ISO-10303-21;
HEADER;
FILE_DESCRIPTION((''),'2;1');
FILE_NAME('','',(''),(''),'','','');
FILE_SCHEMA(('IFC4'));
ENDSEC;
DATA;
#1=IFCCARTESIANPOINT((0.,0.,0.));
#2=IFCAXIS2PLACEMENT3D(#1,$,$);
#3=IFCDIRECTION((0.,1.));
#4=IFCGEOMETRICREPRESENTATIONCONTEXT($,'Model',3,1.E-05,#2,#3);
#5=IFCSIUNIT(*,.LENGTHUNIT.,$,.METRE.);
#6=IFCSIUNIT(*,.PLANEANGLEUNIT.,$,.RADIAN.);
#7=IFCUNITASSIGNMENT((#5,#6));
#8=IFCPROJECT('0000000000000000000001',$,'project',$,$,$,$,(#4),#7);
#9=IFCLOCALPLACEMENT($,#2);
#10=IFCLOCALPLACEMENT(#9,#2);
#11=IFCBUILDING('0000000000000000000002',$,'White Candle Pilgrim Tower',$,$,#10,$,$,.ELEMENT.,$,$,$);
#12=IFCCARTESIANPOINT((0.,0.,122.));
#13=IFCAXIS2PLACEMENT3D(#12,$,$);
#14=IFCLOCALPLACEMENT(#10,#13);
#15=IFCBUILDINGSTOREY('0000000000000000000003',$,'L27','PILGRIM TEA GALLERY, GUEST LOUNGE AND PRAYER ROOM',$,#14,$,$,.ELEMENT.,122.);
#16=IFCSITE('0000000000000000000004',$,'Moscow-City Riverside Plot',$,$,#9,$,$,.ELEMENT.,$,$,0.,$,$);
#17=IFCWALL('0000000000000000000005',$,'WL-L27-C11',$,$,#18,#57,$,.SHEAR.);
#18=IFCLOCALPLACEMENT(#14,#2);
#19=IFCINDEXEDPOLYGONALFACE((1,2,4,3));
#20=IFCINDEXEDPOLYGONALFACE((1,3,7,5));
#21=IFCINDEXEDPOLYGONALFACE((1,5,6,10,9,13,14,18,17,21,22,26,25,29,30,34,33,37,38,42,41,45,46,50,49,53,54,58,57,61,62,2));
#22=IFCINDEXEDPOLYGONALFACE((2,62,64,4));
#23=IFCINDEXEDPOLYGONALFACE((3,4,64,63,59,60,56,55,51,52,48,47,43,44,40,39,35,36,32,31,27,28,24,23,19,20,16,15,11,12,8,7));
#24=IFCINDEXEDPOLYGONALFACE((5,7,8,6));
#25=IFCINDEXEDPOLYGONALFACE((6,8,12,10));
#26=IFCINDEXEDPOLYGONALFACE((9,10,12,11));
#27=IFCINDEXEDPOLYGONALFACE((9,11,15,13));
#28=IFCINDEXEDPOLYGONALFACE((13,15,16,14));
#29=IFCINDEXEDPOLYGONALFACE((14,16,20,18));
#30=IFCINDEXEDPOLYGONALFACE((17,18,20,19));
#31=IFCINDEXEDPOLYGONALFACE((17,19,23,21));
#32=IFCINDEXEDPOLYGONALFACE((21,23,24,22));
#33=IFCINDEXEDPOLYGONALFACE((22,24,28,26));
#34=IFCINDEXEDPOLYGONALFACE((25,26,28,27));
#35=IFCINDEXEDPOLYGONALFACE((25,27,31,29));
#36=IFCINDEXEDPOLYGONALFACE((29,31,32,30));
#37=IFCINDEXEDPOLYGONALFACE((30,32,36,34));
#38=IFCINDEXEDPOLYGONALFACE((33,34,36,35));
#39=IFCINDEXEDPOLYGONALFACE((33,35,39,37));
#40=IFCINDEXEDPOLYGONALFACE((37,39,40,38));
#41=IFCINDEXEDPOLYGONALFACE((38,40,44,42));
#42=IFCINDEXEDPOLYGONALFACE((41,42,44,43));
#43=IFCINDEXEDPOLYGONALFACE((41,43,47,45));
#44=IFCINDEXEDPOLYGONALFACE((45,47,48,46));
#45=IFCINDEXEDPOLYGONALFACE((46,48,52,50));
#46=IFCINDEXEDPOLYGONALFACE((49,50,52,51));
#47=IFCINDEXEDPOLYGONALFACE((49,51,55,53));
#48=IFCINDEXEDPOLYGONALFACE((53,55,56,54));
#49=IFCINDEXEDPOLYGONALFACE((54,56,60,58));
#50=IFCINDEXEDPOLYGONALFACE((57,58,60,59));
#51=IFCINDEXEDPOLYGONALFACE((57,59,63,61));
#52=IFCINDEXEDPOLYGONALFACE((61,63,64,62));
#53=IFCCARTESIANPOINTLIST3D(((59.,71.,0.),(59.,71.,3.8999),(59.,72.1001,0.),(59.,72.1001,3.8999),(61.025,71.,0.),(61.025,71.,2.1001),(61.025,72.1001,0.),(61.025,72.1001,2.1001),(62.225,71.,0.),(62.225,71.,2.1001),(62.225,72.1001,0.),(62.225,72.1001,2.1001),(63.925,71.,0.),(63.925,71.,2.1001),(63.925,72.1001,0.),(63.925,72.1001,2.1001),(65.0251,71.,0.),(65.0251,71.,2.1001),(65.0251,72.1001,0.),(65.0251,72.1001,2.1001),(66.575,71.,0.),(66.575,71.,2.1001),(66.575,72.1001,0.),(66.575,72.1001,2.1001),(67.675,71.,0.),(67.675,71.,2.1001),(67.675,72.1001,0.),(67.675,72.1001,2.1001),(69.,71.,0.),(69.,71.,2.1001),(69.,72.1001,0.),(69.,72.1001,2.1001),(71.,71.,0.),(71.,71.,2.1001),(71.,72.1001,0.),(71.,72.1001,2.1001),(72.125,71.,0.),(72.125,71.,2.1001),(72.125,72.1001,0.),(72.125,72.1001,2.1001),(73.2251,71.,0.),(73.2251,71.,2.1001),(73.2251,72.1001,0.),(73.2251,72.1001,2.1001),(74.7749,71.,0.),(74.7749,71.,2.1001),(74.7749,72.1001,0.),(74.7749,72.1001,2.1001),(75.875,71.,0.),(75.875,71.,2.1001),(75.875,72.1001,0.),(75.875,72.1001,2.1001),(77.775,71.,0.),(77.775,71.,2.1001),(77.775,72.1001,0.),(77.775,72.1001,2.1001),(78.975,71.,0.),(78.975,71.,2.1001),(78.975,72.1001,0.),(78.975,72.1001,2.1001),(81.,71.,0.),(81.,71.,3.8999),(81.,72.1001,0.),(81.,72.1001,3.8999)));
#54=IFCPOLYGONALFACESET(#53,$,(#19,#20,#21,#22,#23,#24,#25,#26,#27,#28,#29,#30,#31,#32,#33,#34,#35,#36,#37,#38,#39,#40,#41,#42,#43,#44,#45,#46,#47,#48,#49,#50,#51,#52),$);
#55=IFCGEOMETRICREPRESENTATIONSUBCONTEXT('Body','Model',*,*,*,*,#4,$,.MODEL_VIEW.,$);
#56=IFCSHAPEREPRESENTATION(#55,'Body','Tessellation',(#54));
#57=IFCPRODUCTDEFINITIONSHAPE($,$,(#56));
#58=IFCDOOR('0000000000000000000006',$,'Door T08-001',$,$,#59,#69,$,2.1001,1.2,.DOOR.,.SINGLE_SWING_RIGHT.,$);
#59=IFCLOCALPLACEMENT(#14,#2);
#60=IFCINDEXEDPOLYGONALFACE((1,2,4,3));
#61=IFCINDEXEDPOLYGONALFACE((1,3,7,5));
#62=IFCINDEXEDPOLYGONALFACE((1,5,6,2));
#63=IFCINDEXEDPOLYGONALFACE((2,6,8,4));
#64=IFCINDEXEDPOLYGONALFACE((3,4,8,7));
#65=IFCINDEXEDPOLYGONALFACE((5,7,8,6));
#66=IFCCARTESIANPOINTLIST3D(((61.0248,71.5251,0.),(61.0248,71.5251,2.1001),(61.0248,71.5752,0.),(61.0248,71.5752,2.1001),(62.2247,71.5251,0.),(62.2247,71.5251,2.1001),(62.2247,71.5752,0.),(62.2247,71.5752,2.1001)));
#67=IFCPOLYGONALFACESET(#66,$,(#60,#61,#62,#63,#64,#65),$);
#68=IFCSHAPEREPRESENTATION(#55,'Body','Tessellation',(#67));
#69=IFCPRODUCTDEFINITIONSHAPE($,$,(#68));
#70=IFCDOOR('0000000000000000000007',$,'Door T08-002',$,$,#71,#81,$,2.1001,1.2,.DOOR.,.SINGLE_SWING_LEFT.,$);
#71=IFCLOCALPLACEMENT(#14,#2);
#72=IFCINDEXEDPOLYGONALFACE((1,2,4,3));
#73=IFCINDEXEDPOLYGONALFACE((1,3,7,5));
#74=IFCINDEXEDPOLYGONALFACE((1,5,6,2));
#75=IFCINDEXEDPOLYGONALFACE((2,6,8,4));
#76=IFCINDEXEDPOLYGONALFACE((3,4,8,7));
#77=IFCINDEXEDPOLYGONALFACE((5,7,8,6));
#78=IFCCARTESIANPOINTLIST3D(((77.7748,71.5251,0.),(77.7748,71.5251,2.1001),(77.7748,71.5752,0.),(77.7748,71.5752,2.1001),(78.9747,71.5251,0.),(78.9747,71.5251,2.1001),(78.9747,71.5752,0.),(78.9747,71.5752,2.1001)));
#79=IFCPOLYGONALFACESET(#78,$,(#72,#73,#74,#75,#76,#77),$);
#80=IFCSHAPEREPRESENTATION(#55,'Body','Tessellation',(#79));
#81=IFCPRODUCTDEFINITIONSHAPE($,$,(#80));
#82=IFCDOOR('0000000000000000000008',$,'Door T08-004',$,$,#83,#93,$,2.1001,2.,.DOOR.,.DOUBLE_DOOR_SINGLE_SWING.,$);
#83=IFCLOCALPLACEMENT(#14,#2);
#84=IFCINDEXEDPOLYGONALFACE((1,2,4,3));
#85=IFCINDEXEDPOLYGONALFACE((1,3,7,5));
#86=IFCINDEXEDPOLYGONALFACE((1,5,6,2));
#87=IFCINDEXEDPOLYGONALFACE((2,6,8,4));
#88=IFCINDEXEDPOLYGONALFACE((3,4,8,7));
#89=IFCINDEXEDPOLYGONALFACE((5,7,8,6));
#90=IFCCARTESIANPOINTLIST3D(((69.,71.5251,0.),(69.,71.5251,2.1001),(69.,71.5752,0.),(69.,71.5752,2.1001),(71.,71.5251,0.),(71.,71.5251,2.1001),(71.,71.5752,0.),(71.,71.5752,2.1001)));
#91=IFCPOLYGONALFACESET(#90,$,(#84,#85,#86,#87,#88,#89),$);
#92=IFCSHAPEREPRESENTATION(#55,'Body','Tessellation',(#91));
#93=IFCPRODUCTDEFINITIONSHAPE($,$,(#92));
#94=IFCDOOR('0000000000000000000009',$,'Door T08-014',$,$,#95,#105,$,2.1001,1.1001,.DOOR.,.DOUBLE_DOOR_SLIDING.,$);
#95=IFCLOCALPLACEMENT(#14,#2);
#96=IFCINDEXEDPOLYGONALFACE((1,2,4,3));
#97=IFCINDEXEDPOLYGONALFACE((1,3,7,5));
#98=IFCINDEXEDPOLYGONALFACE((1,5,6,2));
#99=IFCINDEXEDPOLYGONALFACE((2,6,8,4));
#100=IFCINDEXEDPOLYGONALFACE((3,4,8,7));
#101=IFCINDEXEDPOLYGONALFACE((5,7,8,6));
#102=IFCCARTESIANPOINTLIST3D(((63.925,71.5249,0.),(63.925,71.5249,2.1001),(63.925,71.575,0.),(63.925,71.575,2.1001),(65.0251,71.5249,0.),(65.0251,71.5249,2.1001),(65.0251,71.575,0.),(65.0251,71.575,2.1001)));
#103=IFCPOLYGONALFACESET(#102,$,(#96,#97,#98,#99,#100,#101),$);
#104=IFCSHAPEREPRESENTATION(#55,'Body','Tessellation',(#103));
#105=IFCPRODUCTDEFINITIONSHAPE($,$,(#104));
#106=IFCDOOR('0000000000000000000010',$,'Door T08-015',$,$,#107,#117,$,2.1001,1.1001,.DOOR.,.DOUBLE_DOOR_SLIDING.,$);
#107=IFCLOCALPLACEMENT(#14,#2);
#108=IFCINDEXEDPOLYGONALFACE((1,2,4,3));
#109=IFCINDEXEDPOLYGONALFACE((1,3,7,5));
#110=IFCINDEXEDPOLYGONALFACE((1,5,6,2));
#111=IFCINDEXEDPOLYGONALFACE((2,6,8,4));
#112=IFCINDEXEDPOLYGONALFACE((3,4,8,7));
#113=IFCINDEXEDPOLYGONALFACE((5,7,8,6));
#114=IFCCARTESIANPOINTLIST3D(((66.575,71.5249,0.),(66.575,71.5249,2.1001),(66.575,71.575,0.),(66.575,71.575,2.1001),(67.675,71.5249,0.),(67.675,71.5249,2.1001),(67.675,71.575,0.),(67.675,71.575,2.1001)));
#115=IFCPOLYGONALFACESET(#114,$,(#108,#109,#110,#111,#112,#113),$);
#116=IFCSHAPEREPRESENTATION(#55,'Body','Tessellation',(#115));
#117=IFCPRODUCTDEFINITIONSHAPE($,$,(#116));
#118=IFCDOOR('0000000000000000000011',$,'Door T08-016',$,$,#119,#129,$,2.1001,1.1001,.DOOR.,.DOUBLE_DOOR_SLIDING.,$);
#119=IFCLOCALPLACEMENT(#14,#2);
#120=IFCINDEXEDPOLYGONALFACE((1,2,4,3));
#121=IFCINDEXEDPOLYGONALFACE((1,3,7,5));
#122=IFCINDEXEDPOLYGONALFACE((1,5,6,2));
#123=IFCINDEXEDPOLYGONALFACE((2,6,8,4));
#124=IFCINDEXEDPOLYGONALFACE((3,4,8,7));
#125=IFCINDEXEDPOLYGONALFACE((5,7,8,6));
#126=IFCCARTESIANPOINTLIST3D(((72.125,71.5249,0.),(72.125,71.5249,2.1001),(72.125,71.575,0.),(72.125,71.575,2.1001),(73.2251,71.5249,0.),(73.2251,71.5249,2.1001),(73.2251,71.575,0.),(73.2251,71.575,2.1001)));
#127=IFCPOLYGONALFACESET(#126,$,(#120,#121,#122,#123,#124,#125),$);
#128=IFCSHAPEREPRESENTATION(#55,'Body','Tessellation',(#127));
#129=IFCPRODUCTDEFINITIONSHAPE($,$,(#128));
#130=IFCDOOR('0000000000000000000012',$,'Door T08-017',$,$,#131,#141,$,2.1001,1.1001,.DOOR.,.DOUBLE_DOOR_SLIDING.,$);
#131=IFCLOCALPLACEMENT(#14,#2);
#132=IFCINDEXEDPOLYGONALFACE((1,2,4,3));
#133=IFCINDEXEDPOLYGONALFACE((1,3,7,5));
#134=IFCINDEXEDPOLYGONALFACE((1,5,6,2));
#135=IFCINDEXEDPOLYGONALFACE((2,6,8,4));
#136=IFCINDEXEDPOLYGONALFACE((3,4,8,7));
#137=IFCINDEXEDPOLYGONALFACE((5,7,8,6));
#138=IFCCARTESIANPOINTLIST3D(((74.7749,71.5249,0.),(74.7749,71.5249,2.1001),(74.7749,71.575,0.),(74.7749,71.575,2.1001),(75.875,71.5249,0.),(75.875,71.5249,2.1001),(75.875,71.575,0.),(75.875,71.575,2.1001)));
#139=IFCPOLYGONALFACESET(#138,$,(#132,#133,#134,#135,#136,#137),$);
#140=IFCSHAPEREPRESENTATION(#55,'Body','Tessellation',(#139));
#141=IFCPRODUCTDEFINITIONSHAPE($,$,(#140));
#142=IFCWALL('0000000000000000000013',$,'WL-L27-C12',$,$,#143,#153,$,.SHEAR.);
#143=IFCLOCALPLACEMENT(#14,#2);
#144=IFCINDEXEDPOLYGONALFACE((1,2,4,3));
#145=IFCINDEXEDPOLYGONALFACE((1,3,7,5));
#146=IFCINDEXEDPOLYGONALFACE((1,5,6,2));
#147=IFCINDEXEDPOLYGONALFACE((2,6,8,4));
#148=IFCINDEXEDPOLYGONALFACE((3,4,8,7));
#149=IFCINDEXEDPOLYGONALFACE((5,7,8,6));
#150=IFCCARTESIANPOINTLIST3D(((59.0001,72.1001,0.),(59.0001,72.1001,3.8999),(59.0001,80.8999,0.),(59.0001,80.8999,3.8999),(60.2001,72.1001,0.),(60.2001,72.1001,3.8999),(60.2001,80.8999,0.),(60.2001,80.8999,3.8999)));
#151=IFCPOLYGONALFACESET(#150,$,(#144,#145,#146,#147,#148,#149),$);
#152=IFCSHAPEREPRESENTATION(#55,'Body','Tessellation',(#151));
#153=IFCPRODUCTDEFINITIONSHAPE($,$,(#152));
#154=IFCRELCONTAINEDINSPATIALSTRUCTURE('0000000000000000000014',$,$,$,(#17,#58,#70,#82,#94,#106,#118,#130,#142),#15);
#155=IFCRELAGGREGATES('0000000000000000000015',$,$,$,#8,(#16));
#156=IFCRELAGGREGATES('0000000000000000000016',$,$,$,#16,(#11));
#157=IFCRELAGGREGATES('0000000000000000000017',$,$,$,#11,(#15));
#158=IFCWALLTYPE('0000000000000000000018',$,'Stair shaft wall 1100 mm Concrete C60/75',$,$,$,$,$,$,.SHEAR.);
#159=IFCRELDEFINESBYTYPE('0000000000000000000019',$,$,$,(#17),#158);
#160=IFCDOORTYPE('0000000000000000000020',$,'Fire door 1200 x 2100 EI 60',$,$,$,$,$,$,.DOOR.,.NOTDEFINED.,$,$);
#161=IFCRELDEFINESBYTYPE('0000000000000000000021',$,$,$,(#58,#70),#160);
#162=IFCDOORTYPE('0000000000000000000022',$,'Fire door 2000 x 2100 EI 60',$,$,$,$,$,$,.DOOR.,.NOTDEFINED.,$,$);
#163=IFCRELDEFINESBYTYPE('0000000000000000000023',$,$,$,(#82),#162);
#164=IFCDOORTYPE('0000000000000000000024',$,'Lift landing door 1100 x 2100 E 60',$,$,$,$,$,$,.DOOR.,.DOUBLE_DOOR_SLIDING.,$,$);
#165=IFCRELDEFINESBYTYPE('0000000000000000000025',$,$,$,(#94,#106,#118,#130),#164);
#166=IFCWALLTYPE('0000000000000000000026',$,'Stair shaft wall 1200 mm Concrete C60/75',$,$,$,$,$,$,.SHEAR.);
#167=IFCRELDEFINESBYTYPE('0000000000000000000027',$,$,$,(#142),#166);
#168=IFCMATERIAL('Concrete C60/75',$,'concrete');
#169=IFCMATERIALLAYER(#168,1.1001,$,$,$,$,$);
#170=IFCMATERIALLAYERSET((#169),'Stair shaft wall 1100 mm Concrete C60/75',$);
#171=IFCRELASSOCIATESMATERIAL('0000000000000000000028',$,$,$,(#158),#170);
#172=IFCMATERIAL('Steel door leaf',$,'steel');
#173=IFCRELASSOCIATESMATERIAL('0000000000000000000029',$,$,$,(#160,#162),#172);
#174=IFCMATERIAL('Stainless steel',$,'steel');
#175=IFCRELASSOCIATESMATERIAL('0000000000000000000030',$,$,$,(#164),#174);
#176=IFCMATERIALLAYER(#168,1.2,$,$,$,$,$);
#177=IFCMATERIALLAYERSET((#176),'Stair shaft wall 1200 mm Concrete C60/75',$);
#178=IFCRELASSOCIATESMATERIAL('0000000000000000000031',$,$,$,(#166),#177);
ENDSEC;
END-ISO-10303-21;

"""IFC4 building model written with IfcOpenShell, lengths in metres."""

from ifc_helpers import new_model, si_unit, direction, frame, frame_2d, origin, place, context, subcontext, project, spatial, rectangle, extrude, material, layer, layer_set, type_object, element, fill, save


model = new_model("IFC4")

# Units and contexts
model_context = context("Model", 3, precision=1e-05, world=origin(), true_north=direction((0.0, 1.0)))
body_context = subcontext(model_context, "Body", "Model", "MODEL_VIEW")
ifc_project = project(units=[si_unit("LENGTHUNIT", "METRE"), si_unit("PLANEANGLEUNIT", "RADIAN")], contexts=[model_context])

# Site, building, storey
site_placement = place(None, origin())
site = spatial("IfcSite", under=ifc_project, at=site_placement, Name="Moscow-City Riverside Plot", CompositionType="ELEMENT", RefElevation=0.0)
building_placement = place(site_placement, origin())
building = spatial("IfcBuilding", under=site, at=building_placement, Name="White Candle Pilgrim Tower", CompositionType="ELEMENT")
storey_placement = place(building_placement, frame((0.0, 0.0, 122.0)))
storey = spatial("IfcBuildingStorey", under=building, at=storey_placement, Name="L27", Description="PILGRIM TEA GALLERY, GUEST LOUNGE AND PRAYER ROOM", CompositionType="ELEMENT", Elevation=122.0)

# Shared definitions
ifc_material_1 = material(Name="Steel door leaf", Category="steel")

# Shared definitions
ifc_material_2 = material(Name="Concrete C60/75", Category="concrete")

# Wall, openings, doors
ifc_layer_1 = layer(ifc_material_2, 1.1001)
ifc_layer_set_1 = layer_set([ifc_layer_1], Name="Stair shaft wall 1100 mm Concrete C60/75")
wall_type_1 = type_object("IfcWallType", Name="Stair shaft wall 1100 mm Concrete C60/75", PredefinedType="SHEAR", material=ifc_layer_set_1)
wall_1_placement = place(storey_placement, frame((59.0, 71.55, 0.0), z_axis=(0.0, 0.0, 1.0), x_axis=(1.0, 0.0, 0.0)))
wall_1 = element("IfcWall", 1, at=wall_1_placement, inside=storey, type_object=wall_type_1, Name="WL-L27-C11", PredefinedType="SHEAR", context=body_context, shape_type="SweptSolid", body=[
    extrude(rectangle(XDim=22.0, YDim=1.1001, at=frame_2d((11.0, 0.0))), origin(), (0.0, 0.0, 1.0), 3.8999),
])
opening_1_placement = place(wall_1_placement, frame((2.0249, 0.0, 0.0)))
opening_1 = element("IfcOpeningElement", 2, at=opening_1_placement, cuts=wall_1, PredefinedType="OPENING", context=body_context, shape_type="SweptSolid", body=[
    extrude(rectangle(XDim=1.2, YDim=2.1001, at=frame_2d((0.6001, 1.05))), frame((0.0, 0.5601, 0.0), z_axis=(0.0, -1.0, 0.0), x_axis=(1.0, 0.0, 0.0)), (0.0, 0.0, 1.0), 1.1201),
])
opening_2_placement = place(wall_1_placement, frame((18.7749, 0.0, 0.0)))
opening_2 = element("IfcOpeningElement", 3, at=opening_2_placement, cuts=wall_1, PredefinedType="OPENING", context=body_context, shape_type="SweptSolid", body=[
    extrude(rectangle(XDim=1.2, YDim=2.1001, at=frame_2d((0.6001, 1.05))), frame((0.0, 0.5601, 0.0), z_axis=(0.0, -1.0, 0.0), x_axis=(1.0, 0.0, 0.0)), (0.0, 0.0, 1.0), 1.1201),
])
opening_3_placement = place(wall_1_placement, frame((10.0, 0.0, 0.0)))
opening_3 = element("IfcOpeningElement", 4, at=opening_3_placement, cuts=wall_1, PredefinedType="OPENING", context=body_context, shape_type="SweptSolid", body=[
    extrude(rectangle(XDim=2.0, YDim=2.1001, at=frame_2d((1.0, 1.05))), frame((0.0, 0.5601, 0.0), z_axis=(0.0, -1.0, 0.0), x_axis=(1.0, 0.0, 0.0)), (0.0, 0.0, 1.0), 1.1201),
])
opening_4_placement = place(wall_1_placement, frame((4.925, 0.0, 0.0)))
opening_4 = element("IfcOpeningElement", 5, at=opening_4_placement, cuts=wall_1, PredefinedType="OPENING", context=body_context, shape_type="SweptSolid", body=[
    extrude(rectangle(XDim=1.1001, YDim=2.1001, at=frame_2d((0.55, 1.05))), frame((0.0, 0.5601, 0.0), z_axis=(0.0, -1.0, 0.0), x_axis=(1.0, 0.0, 0.0)), (0.0, 0.0, 1.0), 1.1201),
])
opening_5_placement = place(wall_1_placement, frame((7.575, 0.0, 0.0)))
opening_5 = element("IfcOpeningElement", 6, at=opening_5_placement, cuts=wall_1, PredefinedType="OPENING", context=body_context, shape_type="SweptSolid", body=[
    extrude(rectangle(XDim=1.1001, YDim=2.1001, at=frame_2d((0.55, 1.05))), frame((0.0, 0.5601, 0.0), z_axis=(0.0, -1.0, 0.0), x_axis=(1.0, 0.0, 0.0)), (0.0, 0.0, 1.0), 1.1201),
])
opening_6_placement = place(wall_1_placement, frame((13.125, 0.0, 0.0)))
opening_6 = element("IfcOpeningElement", 7, at=opening_6_placement, cuts=wall_1, PredefinedType="OPENING", context=body_context, shape_type="SweptSolid", body=[
    extrude(rectangle(XDim=1.1001, YDim=2.1001, at=frame_2d((0.55, 1.05))), frame((0.0, 0.5601, 0.0), z_axis=(0.0, -1.0, 0.0), x_axis=(1.0, 0.0, 0.0)), (0.0, 0.0, 1.0), 1.1201),
])
opening_7_placement = place(wall_1_placement, frame((15.7749, 0.0, 0.0)))
opening_7 = element("IfcOpeningElement", 8, at=opening_7_placement, cuts=wall_1, PredefinedType="OPENING", context=body_context, shape_type="SweptSolid", body=[
    extrude(rectangle(XDim=1.1001, YDim=2.1001, at=frame_2d((0.55, 1.05))), frame((0.0, 0.5601, 0.0), z_axis=(0.0, -1.0, 0.0), x_axis=(1.0, 0.0, 0.0)), (0.0, 0.0, 1.0), 1.1201),
])
door_type_1 = type_object("IfcDoorType", Name="Fire door 1200 x 2100 EI 60", OperationType="NOTDEFINED", PredefinedType="DOOR", material=ifc_material_1)
door_1_placement = place(opening_1_placement, frame((1.2, 0.0, 0.0), z_axis=(0.0, 0.0, 1.0), x_axis=(-1.0, 0.0, 0.0)))
door_1 = element("IfcDoor", 9, at=door_1_placement, inside=storey, type_object=door_type_1, Name="Door T08-001", OperationType="SINGLE_SWING_RIGHT", OverallHeight=2.1001, OverallWidth=1.2, PredefinedType="DOOR", context=body_context, shape_type="SweptSolid", body=[
    extrude(rectangle(XDim=1.2, YDim=2.1001, at=frame_2d((0.6001, 1.05))), frame((0.0, 0.0249, 0.0), z_axis=(0.0, -1.0, 0.0), x_axis=(1.0, 0.0, 0.0)), (0.0, 0.0, 1.0), 0.05),
])
fill(opening_1, door_1)
door_2_placement = place(opening_2_placement, frame((1.2, 0.0, 0.0), z_axis=(0.0, 0.0, 1.0), x_axis=(-1.0, 0.0, 0.0)))
door_2 = element("IfcDoor", 10, at=door_2_placement, inside=storey, type_object=door_type_1, Name="Door T08-002", OperationType="SINGLE_SWING_LEFT", OverallHeight=2.1001, OverallWidth=1.2, PredefinedType="DOOR", context=body_context, shape_type="SweptSolid", body=[
    extrude(rectangle(XDim=1.2, YDim=2.1001, at=frame_2d((0.6001, 1.05))), frame((0.0, 0.0249, 0.0), z_axis=(0.0, -1.0, 0.0), x_axis=(1.0, 0.0, 0.0)), (0.0, 0.0, 1.0), 0.05),
])
fill(opening_2, door_2)
door_type_2 = type_object("IfcDoorType", Name="Fire door 2000 x 2100 EI 60", OperationType="NOTDEFINED", PredefinedType="DOOR", material=ifc_material_1)
door_3_placement = place(opening_3_placement, frame((2.0, 0.0, 0.0), z_axis=(0.0, 0.0, 1.0), x_axis=(-1.0, 0.0, 0.0)))
door_3 = element("IfcDoor", 11, at=door_3_placement, inside=storey, type_object=door_type_2, Name="Door T08-004", OperationType="DOUBLE_DOOR_SINGLE_SWING", OverallHeight=2.1001, OverallWidth=2.0, PredefinedType="DOOR", context=body_context, shape_type="SweptSolid", body=[
    extrude(rectangle(XDim=2.0, YDim=2.1001, at=frame_2d((1.0, 1.05))), frame((0.0, 0.0249, 0.0), z_axis=(0.0, -1.0, 0.0), x_axis=(1.0, 0.0, 0.0)), (0.0, 0.0, 1.0), 0.05),
])
fill(opening_3, door_3)
ifc_material_3 = material(Name="Stainless steel", Category="steel")
door_type_3 = type_object("IfcDoorType", Name="Lift landing door 1100 x 2100 E 60", OperationType="DOUBLE_DOOR_SLIDING", PredefinedType="DOOR", material=ifc_material_3)
door_4_placement = place(opening_4_placement, origin())
door_4 = element("IfcDoor", 12, at=door_4_placement, inside=storey, type_object=door_type_3, Name="Door T08-014", OperationType="DOUBLE_DOOR_SLIDING", OverallHeight=2.1001, OverallWidth=1.1001, PredefinedType="DOOR", context=body_context, shape_type="SweptSolid", body=[
    extrude(rectangle(XDim=1.1001, YDim=2.1001, at=frame_2d((0.55, 1.05))), frame((0.0, 0.0249, 0.0), z_axis=(0.0, -1.0, 0.0), x_axis=(1.0, 0.0, 0.0)), (0.0, 0.0, 1.0), 0.05),
])
fill(opening_4, door_4)
door_5_placement = place(opening_5_placement, origin())
door_5 = element("IfcDoor", 13, at=door_5_placement, inside=storey, type_object=door_type_3, Name="Door T08-015", OperationType="DOUBLE_DOOR_SLIDING", OverallHeight=2.1001, OverallWidth=1.1001, PredefinedType="DOOR", context=body_context, shape_type="SweptSolid", body=[
    extrude(rectangle(XDim=1.1001, YDim=2.1001, at=frame_2d((0.55, 1.05))), frame((0.0, 0.0249, 0.0), z_axis=(0.0, -1.0, 0.0), x_axis=(1.0, 0.0, 0.0)), (0.0, 0.0, 1.0), 0.05),
])
fill(opening_5, door_5)
door_6_placement = place(opening_6_placement, origin())
door_6 = element("IfcDoor", 14, at=door_6_placement, inside=storey, type_object=door_type_3, Name="Door T08-016", OperationType="DOUBLE_DOOR_SLIDING", OverallHeight=2.1001, OverallWidth=1.1001, PredefinedType="DOOR", context=body_context, shape_type="SweptSolid", body=[
    extrude(rectangle(XDim=1.1001, YDim=2.1001, at=frame_2d((0.55, 1.05))), frame((0.0, 0.0249, 0.0), z_axis=(0.0, -1.0, 0.0), x_axis=(1.0, 0.0, 0.0)), (0.0, 0.0, 1.0), 0.05),
])
fill(opening_6, door_6)
door_7_placement = place(opening_7_placement, origin())
door_7 = element("IfcDoor", 15, at=door_7_placement, inside=storey, type_object=door_type_3, Name="Door T08-017", OperationType="DOUBLE_DOOR_SLIDING", OverallHeight=2.1001, OverallWidth=1.1001, PredefinedType="DOOR", context=body_context, shape_type="SweptSolid", body=[
    extrude(rectangle(XDim=1.1001, YDim=2.1001, at=frame_2d((0.55, 1.05))), frame((0.0, 0.0249, 0.0), z_axis=(0.0, -1.0, 0.0), x_axis=(1.0, 0.0, 0.0)), (0.0, 0.0, 1.0), 0.05),
])
fill(opening_7, door_7)

# Wall
ifc_layer_2 = layer(ifc_material_2, 1.2)
ifc_layer_set_2 = layer_set([ifc_layer_2], Name="Stair shaft wall 1200 mm Concrete C60/75")
wall_type_2 = type_object("IfcWallType", Name="Stair shaft wall 1200 mm Concrete C60/75", PredefinedType="SHEAR", material=ifc_layer_set_2)
wall_2_placement = place(storey_placement, frame((59.6001, 72.1001, 0.0), z_axis=(0.0, 0.0, 1.0), x_axis=(0.0, 1.0, 0.0)))
element("IfcWall", 16, at=wall_2_placement, inside=storey, type_object=wall_type_2, Name="WL-L27-C12", PredefinedType="SHEAR", context=body_context, shape_type="SweptSolid", body=[
    extrude(rectangle(XDim=8.7998, YDim=1.2, at=frame_2d((4.3999, 0.0))), origin(), (0.0, 0.0, 1.0), 3.8999),
])

save(model, "model.ifc")
